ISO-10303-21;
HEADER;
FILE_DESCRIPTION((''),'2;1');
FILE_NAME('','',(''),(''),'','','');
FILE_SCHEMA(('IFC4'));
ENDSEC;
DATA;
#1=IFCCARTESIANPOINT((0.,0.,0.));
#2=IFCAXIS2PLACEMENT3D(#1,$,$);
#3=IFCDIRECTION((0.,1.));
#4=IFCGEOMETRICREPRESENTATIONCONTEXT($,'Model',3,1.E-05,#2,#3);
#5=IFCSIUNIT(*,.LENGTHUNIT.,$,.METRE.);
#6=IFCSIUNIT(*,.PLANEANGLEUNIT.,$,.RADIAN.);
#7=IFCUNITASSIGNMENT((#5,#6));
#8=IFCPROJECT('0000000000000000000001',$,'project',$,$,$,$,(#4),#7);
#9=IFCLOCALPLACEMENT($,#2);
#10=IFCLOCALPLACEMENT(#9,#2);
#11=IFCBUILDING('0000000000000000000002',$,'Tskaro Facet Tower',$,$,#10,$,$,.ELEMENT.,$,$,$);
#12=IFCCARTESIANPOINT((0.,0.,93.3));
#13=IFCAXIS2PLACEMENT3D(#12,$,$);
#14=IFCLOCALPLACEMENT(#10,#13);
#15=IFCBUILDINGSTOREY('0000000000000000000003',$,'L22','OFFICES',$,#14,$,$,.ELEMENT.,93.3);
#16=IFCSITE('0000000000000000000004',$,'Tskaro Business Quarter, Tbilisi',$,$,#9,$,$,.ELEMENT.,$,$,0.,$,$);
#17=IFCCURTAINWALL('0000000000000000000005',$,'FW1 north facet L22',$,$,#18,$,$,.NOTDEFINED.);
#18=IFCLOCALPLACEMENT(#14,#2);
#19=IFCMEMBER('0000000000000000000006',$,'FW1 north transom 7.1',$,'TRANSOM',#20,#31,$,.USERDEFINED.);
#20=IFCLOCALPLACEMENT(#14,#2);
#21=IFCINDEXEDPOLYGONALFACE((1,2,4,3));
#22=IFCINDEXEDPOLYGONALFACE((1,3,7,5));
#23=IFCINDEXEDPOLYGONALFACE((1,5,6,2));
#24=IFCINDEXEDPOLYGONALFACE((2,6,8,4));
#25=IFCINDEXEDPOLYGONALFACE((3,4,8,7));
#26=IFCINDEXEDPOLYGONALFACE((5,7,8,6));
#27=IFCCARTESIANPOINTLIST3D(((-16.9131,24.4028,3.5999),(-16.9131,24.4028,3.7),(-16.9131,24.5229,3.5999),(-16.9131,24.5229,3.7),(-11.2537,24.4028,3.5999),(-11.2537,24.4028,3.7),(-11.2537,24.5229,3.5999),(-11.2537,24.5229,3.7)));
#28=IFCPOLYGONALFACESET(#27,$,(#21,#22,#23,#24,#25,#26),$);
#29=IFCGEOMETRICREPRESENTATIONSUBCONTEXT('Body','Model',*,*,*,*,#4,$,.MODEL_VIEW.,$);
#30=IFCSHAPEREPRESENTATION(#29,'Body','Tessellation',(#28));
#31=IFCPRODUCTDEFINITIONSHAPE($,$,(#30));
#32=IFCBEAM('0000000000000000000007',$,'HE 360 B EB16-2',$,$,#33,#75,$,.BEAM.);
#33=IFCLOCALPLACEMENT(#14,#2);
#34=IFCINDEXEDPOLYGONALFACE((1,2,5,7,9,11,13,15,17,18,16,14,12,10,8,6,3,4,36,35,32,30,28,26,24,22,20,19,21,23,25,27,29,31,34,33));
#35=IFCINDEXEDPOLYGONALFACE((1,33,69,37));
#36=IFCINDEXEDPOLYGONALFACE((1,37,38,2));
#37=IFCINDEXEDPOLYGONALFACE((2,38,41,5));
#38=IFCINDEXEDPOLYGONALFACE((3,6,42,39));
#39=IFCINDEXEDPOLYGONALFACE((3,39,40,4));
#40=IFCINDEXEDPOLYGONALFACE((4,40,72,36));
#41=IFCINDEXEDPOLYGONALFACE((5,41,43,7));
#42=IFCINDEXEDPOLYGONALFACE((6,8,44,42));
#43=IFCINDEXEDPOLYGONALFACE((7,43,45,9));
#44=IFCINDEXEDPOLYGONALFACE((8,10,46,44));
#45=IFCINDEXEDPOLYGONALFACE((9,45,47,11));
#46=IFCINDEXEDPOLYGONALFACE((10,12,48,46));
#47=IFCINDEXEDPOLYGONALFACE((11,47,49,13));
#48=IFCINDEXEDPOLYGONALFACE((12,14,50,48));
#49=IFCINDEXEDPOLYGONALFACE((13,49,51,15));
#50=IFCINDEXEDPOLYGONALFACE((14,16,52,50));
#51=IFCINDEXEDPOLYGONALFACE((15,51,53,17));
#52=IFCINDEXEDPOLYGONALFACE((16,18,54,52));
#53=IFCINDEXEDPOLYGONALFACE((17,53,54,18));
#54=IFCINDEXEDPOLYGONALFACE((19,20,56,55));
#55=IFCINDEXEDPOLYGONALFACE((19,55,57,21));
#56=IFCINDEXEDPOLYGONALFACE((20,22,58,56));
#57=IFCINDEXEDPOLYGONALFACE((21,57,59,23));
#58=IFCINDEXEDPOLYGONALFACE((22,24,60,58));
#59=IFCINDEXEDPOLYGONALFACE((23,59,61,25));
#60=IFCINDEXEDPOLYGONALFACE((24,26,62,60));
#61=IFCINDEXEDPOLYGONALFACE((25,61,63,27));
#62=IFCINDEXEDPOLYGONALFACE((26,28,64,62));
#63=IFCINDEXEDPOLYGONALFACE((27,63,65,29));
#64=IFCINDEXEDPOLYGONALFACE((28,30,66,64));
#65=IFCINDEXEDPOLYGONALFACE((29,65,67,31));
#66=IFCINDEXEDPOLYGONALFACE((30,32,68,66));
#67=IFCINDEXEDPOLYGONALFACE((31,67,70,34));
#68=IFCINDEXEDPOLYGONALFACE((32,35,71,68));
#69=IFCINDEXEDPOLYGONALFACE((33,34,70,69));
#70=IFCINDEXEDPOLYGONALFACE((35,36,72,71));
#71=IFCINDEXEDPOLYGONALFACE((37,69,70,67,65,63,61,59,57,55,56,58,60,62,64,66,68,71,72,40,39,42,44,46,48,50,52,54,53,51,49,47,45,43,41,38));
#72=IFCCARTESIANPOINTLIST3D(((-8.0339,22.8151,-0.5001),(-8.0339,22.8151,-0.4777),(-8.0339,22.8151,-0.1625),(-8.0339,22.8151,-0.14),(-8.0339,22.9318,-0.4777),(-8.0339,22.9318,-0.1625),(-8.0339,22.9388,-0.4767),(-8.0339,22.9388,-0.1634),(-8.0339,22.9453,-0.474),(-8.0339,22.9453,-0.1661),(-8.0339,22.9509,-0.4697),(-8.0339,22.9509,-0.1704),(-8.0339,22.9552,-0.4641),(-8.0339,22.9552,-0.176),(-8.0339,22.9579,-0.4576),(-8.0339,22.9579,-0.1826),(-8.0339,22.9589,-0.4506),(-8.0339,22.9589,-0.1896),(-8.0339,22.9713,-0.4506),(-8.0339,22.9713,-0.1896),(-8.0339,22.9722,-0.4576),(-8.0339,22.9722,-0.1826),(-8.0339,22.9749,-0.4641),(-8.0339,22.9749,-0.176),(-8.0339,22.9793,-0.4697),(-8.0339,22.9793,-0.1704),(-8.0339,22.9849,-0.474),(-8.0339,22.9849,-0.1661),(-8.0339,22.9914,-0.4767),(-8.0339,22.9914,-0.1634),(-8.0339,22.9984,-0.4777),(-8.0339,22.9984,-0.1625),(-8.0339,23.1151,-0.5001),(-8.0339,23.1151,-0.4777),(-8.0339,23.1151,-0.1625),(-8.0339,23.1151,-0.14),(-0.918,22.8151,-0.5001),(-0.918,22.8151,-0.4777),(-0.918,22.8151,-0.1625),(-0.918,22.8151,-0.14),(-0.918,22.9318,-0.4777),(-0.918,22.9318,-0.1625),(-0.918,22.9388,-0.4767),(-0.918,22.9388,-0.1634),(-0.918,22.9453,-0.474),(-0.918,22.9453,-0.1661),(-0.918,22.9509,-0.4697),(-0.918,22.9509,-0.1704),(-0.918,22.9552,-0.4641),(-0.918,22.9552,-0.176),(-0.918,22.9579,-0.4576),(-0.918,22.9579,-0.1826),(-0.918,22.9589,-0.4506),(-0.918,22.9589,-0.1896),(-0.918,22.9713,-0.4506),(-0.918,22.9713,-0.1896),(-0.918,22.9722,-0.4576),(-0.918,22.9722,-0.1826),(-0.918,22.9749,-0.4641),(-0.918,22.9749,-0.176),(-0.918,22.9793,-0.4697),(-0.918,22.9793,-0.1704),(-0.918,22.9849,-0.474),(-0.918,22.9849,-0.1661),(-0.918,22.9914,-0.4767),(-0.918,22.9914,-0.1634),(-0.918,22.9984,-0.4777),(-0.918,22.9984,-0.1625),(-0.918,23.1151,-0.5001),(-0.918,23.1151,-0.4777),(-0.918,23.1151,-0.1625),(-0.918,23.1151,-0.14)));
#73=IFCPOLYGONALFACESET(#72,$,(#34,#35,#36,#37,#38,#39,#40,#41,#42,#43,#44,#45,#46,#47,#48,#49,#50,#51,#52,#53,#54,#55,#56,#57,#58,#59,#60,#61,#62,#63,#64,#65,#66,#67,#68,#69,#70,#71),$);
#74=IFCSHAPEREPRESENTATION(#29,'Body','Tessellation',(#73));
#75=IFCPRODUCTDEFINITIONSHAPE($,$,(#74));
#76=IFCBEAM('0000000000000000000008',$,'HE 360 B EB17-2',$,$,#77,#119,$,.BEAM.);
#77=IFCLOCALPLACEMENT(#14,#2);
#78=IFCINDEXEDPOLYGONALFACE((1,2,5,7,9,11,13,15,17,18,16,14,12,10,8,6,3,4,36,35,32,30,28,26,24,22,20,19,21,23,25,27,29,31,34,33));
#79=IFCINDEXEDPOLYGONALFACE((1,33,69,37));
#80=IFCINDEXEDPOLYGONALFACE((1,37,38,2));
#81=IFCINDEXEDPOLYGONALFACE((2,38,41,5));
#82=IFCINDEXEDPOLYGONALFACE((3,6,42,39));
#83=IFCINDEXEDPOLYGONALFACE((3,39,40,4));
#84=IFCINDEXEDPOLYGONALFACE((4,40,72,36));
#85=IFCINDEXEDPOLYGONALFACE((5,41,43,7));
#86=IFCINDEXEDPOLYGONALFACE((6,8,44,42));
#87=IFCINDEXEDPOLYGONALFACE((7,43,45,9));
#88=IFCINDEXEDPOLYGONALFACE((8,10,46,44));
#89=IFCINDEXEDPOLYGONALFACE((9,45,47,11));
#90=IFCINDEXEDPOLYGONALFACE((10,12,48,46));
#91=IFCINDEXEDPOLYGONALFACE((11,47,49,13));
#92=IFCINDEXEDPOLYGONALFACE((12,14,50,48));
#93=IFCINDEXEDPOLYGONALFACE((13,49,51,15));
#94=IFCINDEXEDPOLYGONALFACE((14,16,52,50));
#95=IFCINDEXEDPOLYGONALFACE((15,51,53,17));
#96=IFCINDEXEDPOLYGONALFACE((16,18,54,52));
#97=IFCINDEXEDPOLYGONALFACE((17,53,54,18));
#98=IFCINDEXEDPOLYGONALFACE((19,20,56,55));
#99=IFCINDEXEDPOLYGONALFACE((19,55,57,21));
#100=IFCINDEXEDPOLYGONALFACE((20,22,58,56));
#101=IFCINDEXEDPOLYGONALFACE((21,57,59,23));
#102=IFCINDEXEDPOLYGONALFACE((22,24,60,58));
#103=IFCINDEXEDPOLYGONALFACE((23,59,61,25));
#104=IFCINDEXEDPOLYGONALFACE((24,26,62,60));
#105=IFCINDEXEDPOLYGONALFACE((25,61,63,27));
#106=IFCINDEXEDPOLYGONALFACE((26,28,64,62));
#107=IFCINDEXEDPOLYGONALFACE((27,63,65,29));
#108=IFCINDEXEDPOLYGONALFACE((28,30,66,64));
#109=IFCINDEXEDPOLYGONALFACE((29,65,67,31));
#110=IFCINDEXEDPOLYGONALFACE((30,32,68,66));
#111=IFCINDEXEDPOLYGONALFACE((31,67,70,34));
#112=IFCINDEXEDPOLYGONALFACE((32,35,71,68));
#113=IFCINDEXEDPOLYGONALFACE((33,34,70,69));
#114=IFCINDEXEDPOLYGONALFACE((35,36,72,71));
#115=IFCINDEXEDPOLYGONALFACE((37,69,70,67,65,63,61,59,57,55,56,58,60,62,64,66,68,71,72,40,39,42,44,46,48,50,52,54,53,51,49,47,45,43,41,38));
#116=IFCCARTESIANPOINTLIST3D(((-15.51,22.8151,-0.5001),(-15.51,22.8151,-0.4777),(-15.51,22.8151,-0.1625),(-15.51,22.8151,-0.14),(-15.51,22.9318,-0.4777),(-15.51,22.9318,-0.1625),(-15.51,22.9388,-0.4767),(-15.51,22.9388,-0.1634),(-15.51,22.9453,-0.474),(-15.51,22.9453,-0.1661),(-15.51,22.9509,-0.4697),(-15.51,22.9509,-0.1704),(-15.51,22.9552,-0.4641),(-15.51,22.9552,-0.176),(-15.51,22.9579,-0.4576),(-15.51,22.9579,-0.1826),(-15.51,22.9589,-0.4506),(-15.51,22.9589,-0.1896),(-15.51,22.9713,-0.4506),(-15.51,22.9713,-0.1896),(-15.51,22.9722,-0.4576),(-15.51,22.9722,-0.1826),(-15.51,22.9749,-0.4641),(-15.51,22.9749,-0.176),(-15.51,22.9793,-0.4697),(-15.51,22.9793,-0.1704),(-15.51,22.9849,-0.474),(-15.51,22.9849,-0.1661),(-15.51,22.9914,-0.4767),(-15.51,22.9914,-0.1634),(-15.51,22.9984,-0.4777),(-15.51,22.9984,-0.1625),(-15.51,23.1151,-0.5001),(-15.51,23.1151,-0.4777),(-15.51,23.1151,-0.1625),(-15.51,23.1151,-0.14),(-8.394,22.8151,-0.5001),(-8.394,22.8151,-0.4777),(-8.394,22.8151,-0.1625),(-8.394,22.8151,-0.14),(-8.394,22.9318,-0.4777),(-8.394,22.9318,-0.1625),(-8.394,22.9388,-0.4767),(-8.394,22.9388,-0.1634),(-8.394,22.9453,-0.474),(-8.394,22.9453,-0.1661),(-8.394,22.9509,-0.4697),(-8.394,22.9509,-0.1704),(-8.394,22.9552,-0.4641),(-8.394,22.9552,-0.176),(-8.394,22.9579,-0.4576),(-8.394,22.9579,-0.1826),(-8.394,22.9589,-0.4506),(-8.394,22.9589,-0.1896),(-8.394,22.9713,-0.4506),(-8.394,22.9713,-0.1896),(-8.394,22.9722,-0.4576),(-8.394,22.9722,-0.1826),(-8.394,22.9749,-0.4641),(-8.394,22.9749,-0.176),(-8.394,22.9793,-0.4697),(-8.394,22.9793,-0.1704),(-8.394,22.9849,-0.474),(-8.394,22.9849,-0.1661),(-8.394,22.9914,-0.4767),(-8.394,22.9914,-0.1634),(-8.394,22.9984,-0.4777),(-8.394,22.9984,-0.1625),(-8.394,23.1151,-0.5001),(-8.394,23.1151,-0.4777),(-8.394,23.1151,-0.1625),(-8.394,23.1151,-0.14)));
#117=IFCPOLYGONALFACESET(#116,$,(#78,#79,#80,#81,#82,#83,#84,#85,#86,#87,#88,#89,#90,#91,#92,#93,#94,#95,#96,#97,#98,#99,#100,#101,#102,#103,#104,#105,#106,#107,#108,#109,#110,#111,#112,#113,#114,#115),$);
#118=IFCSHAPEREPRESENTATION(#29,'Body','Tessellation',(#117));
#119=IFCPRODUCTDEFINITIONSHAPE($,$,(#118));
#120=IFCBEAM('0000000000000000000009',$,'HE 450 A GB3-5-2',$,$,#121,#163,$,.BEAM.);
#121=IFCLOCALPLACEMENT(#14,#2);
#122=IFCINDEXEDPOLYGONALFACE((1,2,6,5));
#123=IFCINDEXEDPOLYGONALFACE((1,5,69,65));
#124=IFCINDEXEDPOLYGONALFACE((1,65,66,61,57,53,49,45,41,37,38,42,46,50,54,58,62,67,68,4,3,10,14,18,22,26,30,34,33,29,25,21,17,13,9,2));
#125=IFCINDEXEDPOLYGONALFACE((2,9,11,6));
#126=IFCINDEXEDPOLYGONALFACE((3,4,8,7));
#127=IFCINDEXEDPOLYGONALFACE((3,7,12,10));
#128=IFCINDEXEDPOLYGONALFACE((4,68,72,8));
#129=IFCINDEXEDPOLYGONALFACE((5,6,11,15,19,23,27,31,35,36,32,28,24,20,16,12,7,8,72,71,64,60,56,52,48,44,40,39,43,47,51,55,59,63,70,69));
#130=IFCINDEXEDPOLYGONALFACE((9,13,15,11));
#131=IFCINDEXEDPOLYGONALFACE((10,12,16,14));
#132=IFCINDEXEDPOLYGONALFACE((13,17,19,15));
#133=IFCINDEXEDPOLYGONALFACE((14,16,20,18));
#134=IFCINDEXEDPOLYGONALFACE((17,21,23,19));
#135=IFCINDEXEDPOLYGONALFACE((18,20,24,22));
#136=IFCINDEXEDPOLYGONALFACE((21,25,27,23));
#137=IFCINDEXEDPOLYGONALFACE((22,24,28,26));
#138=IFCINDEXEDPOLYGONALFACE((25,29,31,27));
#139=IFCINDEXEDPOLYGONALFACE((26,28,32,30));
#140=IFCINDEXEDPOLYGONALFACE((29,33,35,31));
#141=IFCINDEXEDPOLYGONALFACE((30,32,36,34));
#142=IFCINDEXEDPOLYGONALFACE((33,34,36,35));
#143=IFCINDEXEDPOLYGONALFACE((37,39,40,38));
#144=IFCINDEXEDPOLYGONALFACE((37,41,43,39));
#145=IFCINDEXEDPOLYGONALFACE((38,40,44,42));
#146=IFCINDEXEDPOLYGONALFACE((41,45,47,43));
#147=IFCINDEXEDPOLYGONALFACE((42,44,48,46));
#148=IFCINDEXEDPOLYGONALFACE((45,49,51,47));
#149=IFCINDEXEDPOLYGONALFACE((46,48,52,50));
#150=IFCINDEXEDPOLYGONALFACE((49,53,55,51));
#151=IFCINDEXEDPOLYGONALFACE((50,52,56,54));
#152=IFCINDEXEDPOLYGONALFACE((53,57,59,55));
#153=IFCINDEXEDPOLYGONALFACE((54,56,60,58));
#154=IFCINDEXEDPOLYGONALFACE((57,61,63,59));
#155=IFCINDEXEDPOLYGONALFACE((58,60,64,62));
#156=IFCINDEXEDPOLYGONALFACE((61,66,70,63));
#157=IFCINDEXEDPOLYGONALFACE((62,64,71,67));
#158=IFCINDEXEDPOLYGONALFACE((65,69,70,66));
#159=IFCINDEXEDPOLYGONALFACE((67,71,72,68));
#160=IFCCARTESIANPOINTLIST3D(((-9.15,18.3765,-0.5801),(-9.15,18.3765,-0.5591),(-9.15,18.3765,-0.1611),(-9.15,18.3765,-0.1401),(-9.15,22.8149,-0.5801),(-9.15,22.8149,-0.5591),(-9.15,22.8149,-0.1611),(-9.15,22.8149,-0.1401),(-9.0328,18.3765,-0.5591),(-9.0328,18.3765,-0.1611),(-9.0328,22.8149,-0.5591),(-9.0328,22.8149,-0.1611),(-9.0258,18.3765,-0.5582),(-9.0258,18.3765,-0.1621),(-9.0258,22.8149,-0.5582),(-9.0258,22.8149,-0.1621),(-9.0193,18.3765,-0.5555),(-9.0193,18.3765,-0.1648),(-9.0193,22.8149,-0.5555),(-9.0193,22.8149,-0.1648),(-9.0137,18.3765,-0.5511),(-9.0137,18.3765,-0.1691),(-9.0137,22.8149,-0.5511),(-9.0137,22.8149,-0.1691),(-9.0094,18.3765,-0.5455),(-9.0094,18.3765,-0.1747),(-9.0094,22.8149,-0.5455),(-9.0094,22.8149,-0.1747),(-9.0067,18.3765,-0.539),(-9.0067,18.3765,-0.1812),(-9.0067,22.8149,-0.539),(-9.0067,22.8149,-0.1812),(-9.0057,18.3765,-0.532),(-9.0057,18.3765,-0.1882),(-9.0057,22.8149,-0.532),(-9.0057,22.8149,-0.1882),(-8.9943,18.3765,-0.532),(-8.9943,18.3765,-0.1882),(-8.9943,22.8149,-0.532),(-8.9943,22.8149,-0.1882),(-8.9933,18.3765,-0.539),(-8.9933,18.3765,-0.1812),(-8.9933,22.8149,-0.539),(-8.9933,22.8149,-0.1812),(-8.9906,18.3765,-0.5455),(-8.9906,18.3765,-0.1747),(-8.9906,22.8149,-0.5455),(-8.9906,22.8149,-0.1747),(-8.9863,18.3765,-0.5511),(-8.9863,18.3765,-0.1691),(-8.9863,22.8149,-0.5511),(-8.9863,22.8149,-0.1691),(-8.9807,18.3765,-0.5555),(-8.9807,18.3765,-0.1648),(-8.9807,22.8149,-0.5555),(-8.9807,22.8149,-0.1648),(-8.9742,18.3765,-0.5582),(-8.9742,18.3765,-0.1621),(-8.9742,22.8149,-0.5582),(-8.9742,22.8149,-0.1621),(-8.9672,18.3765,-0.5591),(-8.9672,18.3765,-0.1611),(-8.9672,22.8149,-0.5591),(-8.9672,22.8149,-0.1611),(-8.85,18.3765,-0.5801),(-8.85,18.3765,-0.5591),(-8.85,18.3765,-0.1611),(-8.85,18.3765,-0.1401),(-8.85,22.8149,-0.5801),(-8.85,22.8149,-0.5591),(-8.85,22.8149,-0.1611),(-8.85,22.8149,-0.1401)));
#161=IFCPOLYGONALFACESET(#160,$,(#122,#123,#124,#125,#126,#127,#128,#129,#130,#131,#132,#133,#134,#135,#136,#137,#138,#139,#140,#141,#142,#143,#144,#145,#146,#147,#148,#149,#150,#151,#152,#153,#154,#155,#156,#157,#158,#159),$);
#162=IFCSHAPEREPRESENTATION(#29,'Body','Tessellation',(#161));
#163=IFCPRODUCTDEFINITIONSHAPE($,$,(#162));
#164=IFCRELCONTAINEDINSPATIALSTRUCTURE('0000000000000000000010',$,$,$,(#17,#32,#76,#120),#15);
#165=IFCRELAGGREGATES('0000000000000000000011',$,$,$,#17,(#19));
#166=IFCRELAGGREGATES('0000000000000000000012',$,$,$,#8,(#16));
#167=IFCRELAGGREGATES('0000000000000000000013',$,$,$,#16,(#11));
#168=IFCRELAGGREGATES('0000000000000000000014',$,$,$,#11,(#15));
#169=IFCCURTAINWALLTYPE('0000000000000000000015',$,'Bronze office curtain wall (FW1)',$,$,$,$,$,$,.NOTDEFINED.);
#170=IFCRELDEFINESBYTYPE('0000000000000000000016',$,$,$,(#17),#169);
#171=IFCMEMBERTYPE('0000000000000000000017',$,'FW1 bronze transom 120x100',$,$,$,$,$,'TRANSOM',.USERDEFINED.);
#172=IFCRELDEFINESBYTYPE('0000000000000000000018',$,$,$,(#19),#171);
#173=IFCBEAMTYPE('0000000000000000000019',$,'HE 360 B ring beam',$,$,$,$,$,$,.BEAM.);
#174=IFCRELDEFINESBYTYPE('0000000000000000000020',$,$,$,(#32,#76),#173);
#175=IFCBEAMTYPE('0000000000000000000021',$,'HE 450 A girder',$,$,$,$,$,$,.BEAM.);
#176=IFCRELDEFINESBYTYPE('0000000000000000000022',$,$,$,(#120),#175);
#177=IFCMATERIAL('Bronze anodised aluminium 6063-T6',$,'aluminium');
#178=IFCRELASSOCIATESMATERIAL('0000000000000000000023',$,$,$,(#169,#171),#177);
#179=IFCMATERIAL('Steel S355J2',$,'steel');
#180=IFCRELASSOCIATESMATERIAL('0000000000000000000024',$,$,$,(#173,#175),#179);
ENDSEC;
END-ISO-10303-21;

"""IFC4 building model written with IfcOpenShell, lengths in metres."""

from ifc_helpers import new_model, si_unit, direction, frame, origin, origin_2d, place, context, subcontext, project, spatial, rectangle, i_section, extrude, material, material_profile, profile_set, type_object, element, aggregate, save


model = new_model("IFC4")

# Units and contexts
model_context = context("Model", 3, precision=1e-05, world=origin(), true_north=direction((0.0, 1.0)))
body_context = subcontext(model_context, "Body", "Model", "MODEL_VIEW")
ifc_project = project(units=[si_unit("LENGTHUNIT", "METRE"), si_unit("PLANEANGLEUNIT", "RADIAN")], contexts=[model_context])

# Site, building, storey
site_placement = place(None, origin())
site = spatial("IfcSite", under=ifc_project, at=site_placement, Name="Tskaro Business Quarter, Tbilisi", CompositionType="ELEMENT", RefElevation=0.0)
building_placement = place(site_placement, origin())
building = spatial("IfcBuilding", under=site, at=building_placement, Name="Tskaro Facet Tower", CompositionType="ELEMENT")
storey_placement = place(building_placement, frame((0.0, 0.0, 93.3)))
storey = spatial("IfcBuildingStorey", under=building, at=storey_placement, Name="L22", Description="OFFICES", CompositionType="ELEMENT", Elevation=93.3)

# Curtain wall, member
ifc_material_1 = material(Name="Bronze anodised aluminium 6063-T6", Category="aluminium")
curtain_wall_type = type_object("IfcCurtainWallType", Name="Bronze office curtain wall (FW1)", PredefinedType="NOTDEFINED", material=ifc_material_1)
curtain_wall_placement = place(storey_placement, origin())
curtain_wall = element("IfcCurtainWall", 1, at=curtain_wall_placement, inside=storey, type_object=curtain_wall_type, Name="FW1 north facet L22", PredefinedType="NOTDEFINED")
ifc_material_profile_1 = material_profile(ifc_material_1, rectangle(XDim=0.1201, YDim=0.1001, at=origin_2d()), Name="Transom 120x100")
ifc_profile_set_1 = profile_set([ifc_material_profile_1], Name="Bronze anodised aluminium 6063-T6")
member_type_1 = type_object("IfcMemberType", Name="FW1 bronze transom 120x100", ElementType="TRANSOM", PredefinedType="USERDEFINED", material=ifc_profile_set_1)
member_1_placement = place(storey_placement, frame((-11.2537, 24.4629, 3.6499), z_axis=(-1.0, 0.0, 0.0), x_axis=(0.0, -1.0, 0.0)))
member_1 = element("IfcMember", 2, at=member_1_placement, type_object=member_type_1, Name="FW1 north transom 7.1", ObjectType="TRANSOM", PredefinedType="USERDEFINED", context=body_context, shape_type="SweptSolid", body=[
    extrude(rectangle(XDim=0.1201, YDim=0.1001, at=origin_2d()), origin(), (0.0, 0.0, 1.0), 5.6594),
])

# Beams
ifc_material_2 = material(Name="Steel S355J2", Category="steel")
ifc_material_profile_2 = material_profile(ifc_material_2, i_section(OverallWidth=0.3, OverallDepth=0.3601, WebThickness=0.0125, FlangeThickness=0.0225, FilletRadius=0.0271, at=origin_2d()), Name="HE 360 B")
ifc_profile_set_2 = profile_set([ifc_material_profile_2], Name="Steel S355J2")
beam_type_1 = type_object("IfcBeamType", Name="HE 360 B ring beam", PredefinedType="BEAM", material=ifc_profile_set_2)
for number, where, z_axis, x_axis, name in (
    (3, (-0.918, 22.9651, -0.3201), (-1.0, 0.0, 0.0), (0.0, -1.0, 0.0), "HE 360 B EB16-2"),
    (4, (-8.394, 22.9651, -0.3201), (-1.0, 0.0, 0.0), (0.0, -1.0, 0.0), "HE 360 B EB17-2"),
):
    element("IfcBeam", number, at=place(storey_placement, frame(where, z_axis=z_axis, x_axis=x_axis)), inside=storey, type_object=beam_type_1, Name=name, PredefinedType="BEAM", context=body_context, shape_type="SweptSolid", body=[
        extrude(i_section(OverallWidth=0.3, OverallDepth=0.3601, WebThickness=0.0125, FlangeThickness=0.0225, FilletRadius=0.0271, at=origin_2d()), origin(), (0.0, 0.0, 1.0), 7.116),
    ])
ifc_material_profile_3 = material_profile(ifc_material_2, i_section(OverallWidth=0.3, OverallDepth=0.4399, WebThickness=0.0115, FlangeThickness=0.021, FilletRadius=0.0271, at=origin_2d()), Name="HE 450 A")
ifc_profile_set_3 = profile_set([ifc_material_profile_3], Name="Steel S355J2")
beam_type_2 = type_object("IfcBeamType", Name="HE 450 A girder", PredefinedType="BEAM", material=ifc_profile_set_3)
for number, where, z_axis, x_axis, name in (
    (5, (-9.0, 18.3765, -0.3601), (0.0, 1.0, 0.0), (-1.0, 0.0, 0.0), "HE 450 A GB3-5-2"),
):
    element("IfcBeam", number, at=place(storey_placement, frame(where, z_axis=z_axis, x_axis=x_axis)), inside=storey, type_object=beam_type_2, Name=name, PredefinedType="BEAM", context=body_context, shape_type="SweptSolid", body=[
        extrude(i_section(OverallWidth=0.3, OverallDepth=0.4399, WebThickness=0.0115, FlangeThickness=0.021, FilletRadius=0.0271, at=origin_2d()), origin(), (0.0, 0.0, 1.0), 4.4385),
    ])

aggregate(curtain_wall, [member_1])

save(model, "model.ifc")
